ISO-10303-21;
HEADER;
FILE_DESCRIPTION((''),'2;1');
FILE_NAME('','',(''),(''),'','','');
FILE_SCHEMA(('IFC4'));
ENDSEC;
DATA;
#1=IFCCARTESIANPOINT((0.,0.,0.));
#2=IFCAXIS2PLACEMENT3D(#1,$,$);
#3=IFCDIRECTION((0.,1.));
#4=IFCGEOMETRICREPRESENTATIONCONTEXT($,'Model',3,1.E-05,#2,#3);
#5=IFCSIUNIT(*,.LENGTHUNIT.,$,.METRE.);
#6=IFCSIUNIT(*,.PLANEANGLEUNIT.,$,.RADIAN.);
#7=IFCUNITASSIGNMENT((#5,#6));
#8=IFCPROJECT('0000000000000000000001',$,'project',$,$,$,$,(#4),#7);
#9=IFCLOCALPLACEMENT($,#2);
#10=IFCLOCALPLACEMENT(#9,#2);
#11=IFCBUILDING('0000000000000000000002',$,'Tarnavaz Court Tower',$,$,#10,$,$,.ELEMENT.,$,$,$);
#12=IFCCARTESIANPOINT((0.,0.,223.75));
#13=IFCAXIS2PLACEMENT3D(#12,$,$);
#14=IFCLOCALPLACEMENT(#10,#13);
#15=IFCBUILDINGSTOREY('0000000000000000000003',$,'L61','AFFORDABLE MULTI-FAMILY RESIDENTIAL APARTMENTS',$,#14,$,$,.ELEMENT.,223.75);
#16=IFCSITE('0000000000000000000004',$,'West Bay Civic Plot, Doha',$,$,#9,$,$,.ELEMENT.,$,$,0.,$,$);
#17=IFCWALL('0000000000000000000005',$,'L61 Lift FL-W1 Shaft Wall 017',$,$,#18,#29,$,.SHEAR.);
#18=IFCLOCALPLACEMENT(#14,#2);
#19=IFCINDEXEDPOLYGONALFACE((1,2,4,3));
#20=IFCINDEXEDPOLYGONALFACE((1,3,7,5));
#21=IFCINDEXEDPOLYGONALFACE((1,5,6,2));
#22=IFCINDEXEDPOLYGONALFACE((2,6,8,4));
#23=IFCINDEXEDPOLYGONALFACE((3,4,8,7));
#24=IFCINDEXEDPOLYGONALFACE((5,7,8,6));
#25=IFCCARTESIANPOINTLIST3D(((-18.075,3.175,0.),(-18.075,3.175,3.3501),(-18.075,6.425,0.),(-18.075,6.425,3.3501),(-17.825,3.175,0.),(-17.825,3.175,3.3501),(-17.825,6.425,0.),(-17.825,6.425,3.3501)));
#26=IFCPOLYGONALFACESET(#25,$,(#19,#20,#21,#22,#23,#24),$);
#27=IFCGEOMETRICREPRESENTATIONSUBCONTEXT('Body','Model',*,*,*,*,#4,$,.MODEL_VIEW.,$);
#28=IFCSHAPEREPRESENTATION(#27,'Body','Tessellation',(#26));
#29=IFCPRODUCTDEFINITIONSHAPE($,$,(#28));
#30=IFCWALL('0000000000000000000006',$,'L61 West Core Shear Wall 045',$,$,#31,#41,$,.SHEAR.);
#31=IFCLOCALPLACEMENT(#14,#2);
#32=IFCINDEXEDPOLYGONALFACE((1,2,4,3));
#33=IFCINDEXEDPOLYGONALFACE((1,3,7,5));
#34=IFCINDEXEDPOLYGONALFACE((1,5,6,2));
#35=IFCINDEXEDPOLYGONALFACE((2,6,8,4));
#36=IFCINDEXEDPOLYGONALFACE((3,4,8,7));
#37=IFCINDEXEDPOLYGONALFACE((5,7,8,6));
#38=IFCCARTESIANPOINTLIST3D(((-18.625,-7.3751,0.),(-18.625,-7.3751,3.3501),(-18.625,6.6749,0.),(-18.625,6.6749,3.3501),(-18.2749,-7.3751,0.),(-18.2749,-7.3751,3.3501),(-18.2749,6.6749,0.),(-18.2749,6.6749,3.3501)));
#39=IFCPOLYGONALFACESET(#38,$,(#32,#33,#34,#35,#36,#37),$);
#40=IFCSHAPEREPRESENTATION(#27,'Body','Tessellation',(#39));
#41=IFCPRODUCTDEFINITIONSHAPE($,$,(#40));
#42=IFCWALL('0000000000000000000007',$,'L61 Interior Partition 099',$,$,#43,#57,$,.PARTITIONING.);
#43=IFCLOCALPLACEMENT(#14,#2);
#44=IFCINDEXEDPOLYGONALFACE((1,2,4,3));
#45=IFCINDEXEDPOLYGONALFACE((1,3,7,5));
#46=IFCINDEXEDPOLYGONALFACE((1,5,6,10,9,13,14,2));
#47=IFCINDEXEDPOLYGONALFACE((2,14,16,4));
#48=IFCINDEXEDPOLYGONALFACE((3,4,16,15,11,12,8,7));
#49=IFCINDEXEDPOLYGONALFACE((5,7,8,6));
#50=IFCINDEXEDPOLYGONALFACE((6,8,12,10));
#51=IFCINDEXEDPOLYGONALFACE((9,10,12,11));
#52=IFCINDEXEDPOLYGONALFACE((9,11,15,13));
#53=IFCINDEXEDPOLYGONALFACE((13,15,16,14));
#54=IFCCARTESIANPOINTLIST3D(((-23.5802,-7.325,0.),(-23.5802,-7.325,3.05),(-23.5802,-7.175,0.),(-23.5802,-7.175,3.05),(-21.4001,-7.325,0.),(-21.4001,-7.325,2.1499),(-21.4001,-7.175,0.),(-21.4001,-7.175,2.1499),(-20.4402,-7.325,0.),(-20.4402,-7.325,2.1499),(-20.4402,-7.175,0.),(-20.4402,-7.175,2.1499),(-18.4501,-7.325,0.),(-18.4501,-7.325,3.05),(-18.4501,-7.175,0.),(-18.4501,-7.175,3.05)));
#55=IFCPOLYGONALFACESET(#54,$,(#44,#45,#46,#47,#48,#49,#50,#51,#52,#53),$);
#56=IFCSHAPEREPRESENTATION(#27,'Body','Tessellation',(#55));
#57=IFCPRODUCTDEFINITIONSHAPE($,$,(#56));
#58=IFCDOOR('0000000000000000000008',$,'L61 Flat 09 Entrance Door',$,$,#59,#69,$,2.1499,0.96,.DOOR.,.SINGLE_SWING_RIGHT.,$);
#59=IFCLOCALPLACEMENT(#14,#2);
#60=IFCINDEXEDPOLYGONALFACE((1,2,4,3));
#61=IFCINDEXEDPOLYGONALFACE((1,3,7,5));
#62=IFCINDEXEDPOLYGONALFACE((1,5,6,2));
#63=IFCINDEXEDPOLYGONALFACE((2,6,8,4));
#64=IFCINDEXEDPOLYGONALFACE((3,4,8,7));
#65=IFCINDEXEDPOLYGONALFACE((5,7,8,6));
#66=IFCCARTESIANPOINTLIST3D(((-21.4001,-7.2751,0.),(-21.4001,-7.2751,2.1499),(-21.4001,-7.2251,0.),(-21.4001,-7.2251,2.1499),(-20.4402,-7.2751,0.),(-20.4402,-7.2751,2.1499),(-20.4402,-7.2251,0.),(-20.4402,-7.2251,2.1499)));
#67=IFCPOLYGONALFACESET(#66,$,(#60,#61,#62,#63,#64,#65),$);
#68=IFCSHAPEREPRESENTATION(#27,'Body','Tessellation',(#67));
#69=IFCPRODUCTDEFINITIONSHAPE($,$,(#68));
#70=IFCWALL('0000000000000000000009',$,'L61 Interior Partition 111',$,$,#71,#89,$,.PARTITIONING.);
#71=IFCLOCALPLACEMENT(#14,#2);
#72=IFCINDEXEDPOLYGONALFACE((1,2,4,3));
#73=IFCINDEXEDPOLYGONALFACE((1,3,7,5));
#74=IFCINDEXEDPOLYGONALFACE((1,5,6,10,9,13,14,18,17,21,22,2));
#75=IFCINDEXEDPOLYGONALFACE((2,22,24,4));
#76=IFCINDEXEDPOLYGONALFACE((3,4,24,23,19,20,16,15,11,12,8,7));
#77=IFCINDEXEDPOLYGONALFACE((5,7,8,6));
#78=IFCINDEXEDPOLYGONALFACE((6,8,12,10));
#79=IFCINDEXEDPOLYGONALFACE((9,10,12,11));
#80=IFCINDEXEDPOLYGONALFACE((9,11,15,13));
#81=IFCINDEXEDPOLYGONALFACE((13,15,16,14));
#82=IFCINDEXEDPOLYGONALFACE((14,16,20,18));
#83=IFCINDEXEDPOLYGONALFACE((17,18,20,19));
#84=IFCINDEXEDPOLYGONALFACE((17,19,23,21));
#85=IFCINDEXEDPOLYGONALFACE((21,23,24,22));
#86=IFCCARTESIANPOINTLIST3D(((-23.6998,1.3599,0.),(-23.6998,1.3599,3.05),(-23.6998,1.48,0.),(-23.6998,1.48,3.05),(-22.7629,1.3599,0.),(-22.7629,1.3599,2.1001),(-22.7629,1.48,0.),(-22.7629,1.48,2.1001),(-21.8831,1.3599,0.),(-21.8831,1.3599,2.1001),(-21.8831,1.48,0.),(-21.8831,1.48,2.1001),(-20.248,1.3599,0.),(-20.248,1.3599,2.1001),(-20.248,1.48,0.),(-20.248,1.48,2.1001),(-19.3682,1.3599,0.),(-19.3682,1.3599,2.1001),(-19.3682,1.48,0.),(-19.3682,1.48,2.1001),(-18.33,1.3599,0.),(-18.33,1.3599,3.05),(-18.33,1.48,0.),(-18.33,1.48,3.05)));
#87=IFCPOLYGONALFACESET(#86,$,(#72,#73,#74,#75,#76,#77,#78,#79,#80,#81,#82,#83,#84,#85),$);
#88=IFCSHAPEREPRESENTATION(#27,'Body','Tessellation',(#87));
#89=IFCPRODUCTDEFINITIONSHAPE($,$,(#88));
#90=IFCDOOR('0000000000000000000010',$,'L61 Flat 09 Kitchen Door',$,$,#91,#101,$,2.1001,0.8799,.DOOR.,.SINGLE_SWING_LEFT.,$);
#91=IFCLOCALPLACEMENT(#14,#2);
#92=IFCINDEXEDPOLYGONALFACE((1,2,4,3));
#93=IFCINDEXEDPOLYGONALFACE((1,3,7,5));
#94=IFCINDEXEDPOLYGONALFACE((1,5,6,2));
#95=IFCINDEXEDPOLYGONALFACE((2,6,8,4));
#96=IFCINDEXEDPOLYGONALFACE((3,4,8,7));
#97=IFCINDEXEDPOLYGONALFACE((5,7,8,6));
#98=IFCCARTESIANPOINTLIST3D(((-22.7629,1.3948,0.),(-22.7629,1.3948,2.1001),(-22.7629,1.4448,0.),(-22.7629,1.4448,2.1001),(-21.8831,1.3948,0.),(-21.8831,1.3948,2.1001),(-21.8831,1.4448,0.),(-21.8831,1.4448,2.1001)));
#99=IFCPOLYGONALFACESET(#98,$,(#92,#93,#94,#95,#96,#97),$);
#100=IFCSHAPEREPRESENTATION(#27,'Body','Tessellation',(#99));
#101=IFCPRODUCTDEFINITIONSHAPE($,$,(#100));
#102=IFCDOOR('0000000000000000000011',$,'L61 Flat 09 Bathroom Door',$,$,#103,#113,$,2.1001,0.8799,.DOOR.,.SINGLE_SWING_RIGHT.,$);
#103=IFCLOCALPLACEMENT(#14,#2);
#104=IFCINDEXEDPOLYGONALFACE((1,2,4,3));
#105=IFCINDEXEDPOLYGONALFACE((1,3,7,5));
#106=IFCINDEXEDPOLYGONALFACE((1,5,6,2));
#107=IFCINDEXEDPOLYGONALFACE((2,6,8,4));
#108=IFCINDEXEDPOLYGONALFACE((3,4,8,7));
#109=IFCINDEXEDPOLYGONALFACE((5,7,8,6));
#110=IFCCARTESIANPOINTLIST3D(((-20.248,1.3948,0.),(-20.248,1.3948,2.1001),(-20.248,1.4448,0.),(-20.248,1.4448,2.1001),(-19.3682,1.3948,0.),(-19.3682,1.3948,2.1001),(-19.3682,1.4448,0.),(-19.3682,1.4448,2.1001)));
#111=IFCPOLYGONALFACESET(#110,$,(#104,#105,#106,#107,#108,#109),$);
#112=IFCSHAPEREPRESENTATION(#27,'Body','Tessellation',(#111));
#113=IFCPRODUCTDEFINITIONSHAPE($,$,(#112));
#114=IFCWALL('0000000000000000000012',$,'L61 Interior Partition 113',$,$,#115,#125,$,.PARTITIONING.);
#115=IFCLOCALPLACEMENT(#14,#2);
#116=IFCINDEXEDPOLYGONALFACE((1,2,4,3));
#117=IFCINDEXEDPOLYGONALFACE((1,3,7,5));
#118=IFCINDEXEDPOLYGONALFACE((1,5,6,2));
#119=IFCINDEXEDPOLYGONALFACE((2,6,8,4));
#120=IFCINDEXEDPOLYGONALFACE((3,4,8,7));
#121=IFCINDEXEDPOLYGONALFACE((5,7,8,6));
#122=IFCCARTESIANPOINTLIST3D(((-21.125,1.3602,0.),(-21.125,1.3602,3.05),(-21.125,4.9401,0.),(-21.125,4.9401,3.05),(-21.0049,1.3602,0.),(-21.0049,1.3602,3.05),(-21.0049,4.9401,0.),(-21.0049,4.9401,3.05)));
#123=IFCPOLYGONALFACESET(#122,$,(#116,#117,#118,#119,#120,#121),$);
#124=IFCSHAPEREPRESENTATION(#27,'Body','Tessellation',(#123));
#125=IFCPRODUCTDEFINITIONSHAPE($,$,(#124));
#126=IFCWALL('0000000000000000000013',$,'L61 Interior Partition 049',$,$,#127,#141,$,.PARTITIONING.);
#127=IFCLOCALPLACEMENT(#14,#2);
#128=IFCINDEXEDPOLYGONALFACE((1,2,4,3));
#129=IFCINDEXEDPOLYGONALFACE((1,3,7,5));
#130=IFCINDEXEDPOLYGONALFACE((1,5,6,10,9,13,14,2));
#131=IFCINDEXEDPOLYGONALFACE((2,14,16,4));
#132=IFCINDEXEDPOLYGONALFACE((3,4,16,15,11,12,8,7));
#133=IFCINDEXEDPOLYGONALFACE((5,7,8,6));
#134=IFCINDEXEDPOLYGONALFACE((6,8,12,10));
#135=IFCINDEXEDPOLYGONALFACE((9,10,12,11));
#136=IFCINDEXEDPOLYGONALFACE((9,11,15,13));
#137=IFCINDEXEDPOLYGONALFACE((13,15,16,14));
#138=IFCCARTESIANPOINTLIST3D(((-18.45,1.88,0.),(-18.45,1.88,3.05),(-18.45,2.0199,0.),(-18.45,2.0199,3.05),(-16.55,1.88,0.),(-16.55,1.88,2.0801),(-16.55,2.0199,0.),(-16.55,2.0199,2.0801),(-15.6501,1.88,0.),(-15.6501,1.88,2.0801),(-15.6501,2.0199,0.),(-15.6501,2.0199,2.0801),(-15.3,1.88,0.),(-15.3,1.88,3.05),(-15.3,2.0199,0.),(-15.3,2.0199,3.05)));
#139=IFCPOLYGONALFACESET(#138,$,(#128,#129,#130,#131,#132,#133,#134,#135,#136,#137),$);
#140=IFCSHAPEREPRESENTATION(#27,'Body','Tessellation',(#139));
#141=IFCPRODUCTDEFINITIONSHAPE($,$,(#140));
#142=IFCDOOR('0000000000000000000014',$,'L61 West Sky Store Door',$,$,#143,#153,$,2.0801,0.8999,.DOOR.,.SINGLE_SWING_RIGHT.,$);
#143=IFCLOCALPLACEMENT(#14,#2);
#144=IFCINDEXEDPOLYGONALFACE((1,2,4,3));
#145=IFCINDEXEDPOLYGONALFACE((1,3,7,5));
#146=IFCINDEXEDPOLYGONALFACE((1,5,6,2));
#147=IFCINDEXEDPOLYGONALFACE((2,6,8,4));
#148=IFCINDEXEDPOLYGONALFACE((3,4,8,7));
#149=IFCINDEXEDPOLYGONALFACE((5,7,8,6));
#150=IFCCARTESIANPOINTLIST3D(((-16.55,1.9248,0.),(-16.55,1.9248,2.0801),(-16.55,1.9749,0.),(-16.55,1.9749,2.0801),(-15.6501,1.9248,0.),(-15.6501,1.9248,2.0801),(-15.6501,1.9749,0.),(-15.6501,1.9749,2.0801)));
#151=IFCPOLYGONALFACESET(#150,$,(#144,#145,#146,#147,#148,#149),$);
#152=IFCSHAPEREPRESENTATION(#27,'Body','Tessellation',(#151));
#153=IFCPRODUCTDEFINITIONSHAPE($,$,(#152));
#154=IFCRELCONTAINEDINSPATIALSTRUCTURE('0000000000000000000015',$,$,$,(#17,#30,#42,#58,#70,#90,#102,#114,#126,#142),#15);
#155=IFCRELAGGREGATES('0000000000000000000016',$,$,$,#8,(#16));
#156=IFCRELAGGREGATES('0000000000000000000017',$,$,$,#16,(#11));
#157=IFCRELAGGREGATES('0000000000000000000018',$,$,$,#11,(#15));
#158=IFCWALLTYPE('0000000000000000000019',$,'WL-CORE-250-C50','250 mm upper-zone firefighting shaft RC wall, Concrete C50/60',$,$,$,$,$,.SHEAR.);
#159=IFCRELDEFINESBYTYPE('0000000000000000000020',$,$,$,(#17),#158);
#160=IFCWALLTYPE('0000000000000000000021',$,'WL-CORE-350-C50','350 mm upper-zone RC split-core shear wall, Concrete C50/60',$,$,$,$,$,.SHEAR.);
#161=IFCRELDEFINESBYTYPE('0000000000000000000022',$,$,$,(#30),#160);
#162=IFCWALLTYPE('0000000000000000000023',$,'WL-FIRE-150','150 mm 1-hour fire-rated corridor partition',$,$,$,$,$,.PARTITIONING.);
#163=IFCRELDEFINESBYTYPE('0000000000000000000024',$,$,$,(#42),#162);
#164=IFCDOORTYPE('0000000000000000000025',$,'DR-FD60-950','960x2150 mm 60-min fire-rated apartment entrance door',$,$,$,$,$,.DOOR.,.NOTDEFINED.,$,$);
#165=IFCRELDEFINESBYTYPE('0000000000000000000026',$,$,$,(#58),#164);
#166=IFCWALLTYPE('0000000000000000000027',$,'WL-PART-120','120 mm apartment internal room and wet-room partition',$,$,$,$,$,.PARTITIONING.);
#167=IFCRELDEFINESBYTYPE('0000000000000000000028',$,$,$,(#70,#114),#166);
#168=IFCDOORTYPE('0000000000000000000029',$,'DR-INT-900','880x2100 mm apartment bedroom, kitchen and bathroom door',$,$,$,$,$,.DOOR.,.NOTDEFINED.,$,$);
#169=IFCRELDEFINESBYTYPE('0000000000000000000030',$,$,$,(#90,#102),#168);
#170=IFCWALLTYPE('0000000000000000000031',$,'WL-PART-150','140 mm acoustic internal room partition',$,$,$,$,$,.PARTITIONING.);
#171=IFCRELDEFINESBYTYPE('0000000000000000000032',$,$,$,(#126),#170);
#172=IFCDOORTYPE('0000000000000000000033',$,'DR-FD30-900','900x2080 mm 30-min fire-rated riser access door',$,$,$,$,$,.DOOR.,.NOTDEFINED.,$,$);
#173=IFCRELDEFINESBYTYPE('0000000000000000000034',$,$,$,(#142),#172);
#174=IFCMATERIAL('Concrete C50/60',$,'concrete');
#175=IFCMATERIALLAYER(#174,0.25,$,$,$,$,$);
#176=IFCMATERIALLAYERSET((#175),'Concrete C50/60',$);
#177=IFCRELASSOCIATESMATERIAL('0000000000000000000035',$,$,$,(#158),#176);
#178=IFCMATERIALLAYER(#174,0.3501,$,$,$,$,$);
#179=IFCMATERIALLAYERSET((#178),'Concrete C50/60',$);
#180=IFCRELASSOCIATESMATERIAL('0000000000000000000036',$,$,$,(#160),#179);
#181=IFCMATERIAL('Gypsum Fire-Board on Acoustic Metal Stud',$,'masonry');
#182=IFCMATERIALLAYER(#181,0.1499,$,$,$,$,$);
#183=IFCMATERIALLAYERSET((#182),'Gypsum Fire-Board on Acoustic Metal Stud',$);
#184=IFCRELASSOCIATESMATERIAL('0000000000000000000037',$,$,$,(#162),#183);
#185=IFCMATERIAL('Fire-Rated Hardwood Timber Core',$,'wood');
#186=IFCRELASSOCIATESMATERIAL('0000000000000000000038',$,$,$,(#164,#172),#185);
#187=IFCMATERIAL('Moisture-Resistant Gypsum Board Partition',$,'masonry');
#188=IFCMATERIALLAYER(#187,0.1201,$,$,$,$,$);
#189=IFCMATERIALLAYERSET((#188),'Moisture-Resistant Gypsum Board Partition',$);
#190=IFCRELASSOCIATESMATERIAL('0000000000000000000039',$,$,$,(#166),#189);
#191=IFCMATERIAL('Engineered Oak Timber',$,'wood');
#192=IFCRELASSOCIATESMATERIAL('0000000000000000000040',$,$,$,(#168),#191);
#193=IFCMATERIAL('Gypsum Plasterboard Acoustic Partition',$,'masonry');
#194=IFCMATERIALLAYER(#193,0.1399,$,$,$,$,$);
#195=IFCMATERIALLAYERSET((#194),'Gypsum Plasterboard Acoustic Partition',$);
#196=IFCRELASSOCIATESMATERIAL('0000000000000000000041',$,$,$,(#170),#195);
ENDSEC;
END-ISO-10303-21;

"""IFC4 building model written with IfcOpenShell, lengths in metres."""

from ifc_helpers import new_model, si_unit, direction, frame, frame_2d, origin, place, context, subcontext, project, spatial, rectangle, extrude, material, layer, layer_set, type_object, element, fill, save


model = new_model("IFC4")

# Units and contexts
model_context = context("Model", 3, precision=1e-05, world=origin(), true_north=direction((0.0, 1.0)))
body_context = subcontext(model_context, "Body", "Model", "MODEL_VIEW")
ifc_project = project(units=[si_unit("LENGTHUNIT", "METRE"), si_unit("PLANEANGLEUNIT", "RADIAN")], contexts=[model_context])

# Site, building, storey
site_placement = place(None, origin())
site = spatial("IfcSite", under=ifc_project, at=site_placement, Name="West Bay Civic Plot, Doha", CompositionType="ELEMENT", RefElevation=0.0)
building_placement = place(site_placement, origin())
building = spatial("IfcBuilding", under=site, at=building_placement, Name="Tarnavaz Court Tower", CompositionType="ELEMENT")
storey_placement = place(building_placement, frame((0.0, 0.0, 223.75)))
storey = spatial("IfcBuildingStorey", under=building, at=storey_placement, Name="L61", Description="AFFORDABLE MULTI-FAMILY RESIDENTIAL APARTMENTS", CompositionType="ELEMENT", Elevation=223.75)

# Shared definitions
ifc_material_1 = material(Name="Concrete C50/60", Category="concrete")

# Wall
ifc_layer_1 = layer(ifc_material_1, 0.25)
ifc_layer_set_1 = layer_set([ifc_layer_1], Name="Concrete C50/60")
wall_type_1 = type_object("IfcWallType", Name="WL-CORE-250-C50", Description="250 mm upper-zone firefighting shaft RC wall, Concrete C50/60", PredefinedType="SHEAR", material=ifc_layer_set_1)
wall_1_placement = place(storey_placement, frame((-17.95, 3.175, 0.0), z_axis=(0.0, 0.0, 1.0), x_axis=(0.0, 1.0, 0.0)))
element("IfcWall", 1, at=wall_1_placement, inside=storey, type_object=wall_type_1, Name="L61 Lift FL-W1 Shaft Wall 017", PredefinedType="SHEAR", context=body_context, shape_type="SweptSolid", body=[
    extrude(rectangle(XDim=3.25, YDim=0.25, at=frame_2d((1.625, 0.0))), origin(), (0.0, 0.0, 1.0), 3.3501),
])

# Wall
ifc_layer_2 = layer(ifc_material_1, 0.3501)
ifc_layer_set_2 = layer_set([ifc_layer_2], Name="Concrete C50/60")
wall_type_2 = type_object("IfcWallType", Name="WL-CORE-350-C50", Description="350 mm upper-zone RC split-core shear wall, Concrete C50/60", PredefinedType="SHEAR", material=ifc_layer_set_2)
wall_2_placement = place(storey_placement, frame((-18.45, -7.375, 0.0), z_axis=(0.0, 0.0, 1.0), x_axis=(0.0, 1.0, 0.0)))
element("IfcWall", 2, at=wall_2_placement, inside=storey, type_object=wall_type_2, Name="L61 West Core Shear Wall 045", PredefinedType="SHEAR", context=body_context, shape_type="SweptSolid", body=[
    extrude(rectangle(XDim=14.05, YDim=0.3501, at=frame_2d((7.0249, 0.0))), origin(), (0.0, 0.0, 1.0), 3.3501),
])

# Wall, opening, door
ifc_material_2 = material(Name="Fire-Rated Hardwood Timber Core", Category="wood")
ifc_material_3 = material(Name="Gypsum Fire-Board on Acoustic Metal Stud", Category="masonry")
ifc_layer_3 = layer(ifc_material_3, 0.1499)
ifc_layer_set_3 = layer_set([ifc_layer_3], Name="Gypsum Fire-Board on Acoustic Metal Stud")
wall_type_3 = type_object("IfcWallType", Name="WL-FIRE-150", Description="150 mm 1-hour fire-rated corridor partition", PredefinedType="PARTITIONING", material=ifc_layer_set_3)
wall_3_placement = place(storey_placement, frame((-23.5801, -7.25, 0.0), z_axis=(0.0, 0.0, 1.0), x_axis=(1.0, 0.0, 0.0)))
wall_3 = element("IfcWall", 3, at=wall_3_placement, inside=storey, type_object=wall_type_3, Name="L61 Interior Partition 099", PredefinedType="PARTITIONING", context=body_context, shape_type="SweptSolid", body=[
    extrude(rectangle(XDim=5.1301, YDim=0.1499, at=frame_2d((2.5649, 0.0))), origin(), (0.0, 0.0, 1.0), 3.05),
])
opening_1_placement = place(wall_3_placement, frame((2.1799, 0.0, 0.0)))
opening_1 = element("IfcOpeningElement", 4, at=opening_1_placement, cuts=wall_3, PredefinedType="OPENING", context=body_context, shape_type="SweptSolid", body=[
    extrude(rectangle(XDim=0.96, YDim=2.1499, at=frame_2d((0.48, 1.075))), frame((0.0, 0.085, 0.0), z_axis=(0.0, -1.0, 0.0), x_axis=(1.0, 0.0, 0.0)), (0.0, 0.0, 1.0), 0.1699),
])
door_type_1 = type_object("IfcDoorType", Name="DR-FD60-950", Description="960x2150 mm 60-min fire-rated apartment entrance door", OperationType="NOTDEFINED", PredefinedType="DOOR", material=ifc_material_2)
door_1_placement = place(opening_1_placement, origin())
door_1 = element("IfcDoor", 5, at=door_1_placement, inside=storey, type_object=door_type_1, Name="L61 Flat 09 Entrance Door", OperationType="SINGLE_SWING_RIGHT", OverallHeight=2.1499, OverallWidth=0.96, PredefinedType="DOOR", context=body_context, shape_type="SweptSolid", body=[
    extrude(rectangle(XDim=0.96, YDim=2.1499, at=frame_2d((0.48, 1.075))), frame((0.0, 0.0249, 0.0), z_axis=(0.0, -1.0, 0.0), x_axis=(1.0, 0.0, 0.0)), (0.0, 0.0, 1.0), 0.05),
])
fill(opening_1, door_1)

# Wall, openings, doors
ifc_material_4 = material(Name="Moisture-Resistant Gypsum Board Partition", Category="masonry")
ifc_layer_4 = layer(ifc_material_4, 0.1201)
ifc_layer_set_4 = layer_set([ifc_layer_4], Name="Moisture-Resistant Gypsum Board Partition")
wall_type_4 = type_object("IfcWallType", Name="WL-PART-120", Description="120 mm apartment internal room and wet-room partition", PredefinedType="PARTITIONING", material=ifc_layer_set_4)
wall_4_placement = place(storey_placement, frame((-23.7, 1.4199, 0.0), z_axis=(0.0, 0.0, 1.0), x_axis=(1.0, 0.0, 0.0)))
wall_4 = element("IfcWall", 6, at=wall_4_placement, inside=storey, type_object=wall_type_4, Name="L61 Interior Partition 111", PredefinedType="PARTITIONING", context=body_context, shape_type="SweptSolid", body=[
    extrude(rectangle(XDim=5.3699, YDim=0.1201, at=frame_2d((2.6851, 0.0))), origin(), (0.0, 0.0, 1.0), 3.05),
])
opening_2_placement = place(wall_4_placement, frame((0.937, 0.0, 0.0)))
opening_2 = element("IfcOpeningElement", 7, at=opening_2_placement, cuts=wall_4, PredefinedType="OPENING", context=body_context, shape_type="SweptSolid", body=[
    extrude(rectangle(XDim=0.8799, YDim=2.1001, at=frame_2d((0.4399, 1.05))), frame((0.0, 0.0701, 0.0), z_axis=(0.0, -1.0, 0.0), x_axis=(1.0, 0.0, 0.0)), (0.0, 0.0, 1.0), 0.1401),
])
opening_3_placement = place(wall_4_placement, frame((3.4519, 0.0, 0.0)))
opening_3 = element("IfcOpeningElement", 8, at=opening_3_placement, cuts=wall_4, PredefinedType="OPENING", context=body_context, shape_type="SweptSolid", body=[
    extrude(rectangle(XDim=0.8799, YDim=2.1001, at=frame_2d((0.4399, 1.05))), frame((0.0, 0.0701, 0.0), z_axis=(0.0, -1.0, 0.0), x_axis=(1.0, 0.0, 0.0)), (0.0, 0.0, 1.0), 0.1401),
])
ifc_material_5 = material(Name="Engineered Oak Timber", Category="wood")
door_type_2 = type_object("IfcDoorType", Name="DR-INT-900", Description="880x2100 mm apartment bedroom, kitchen and bathroom door", OperationType="NOTDEFINED", PredefinedType="DOOR", material=ifc_material_5)
door_2_placement = place(opening_2_placement, origin())
door_2 = element("IfcDoor", 9, at=door_2_placement, inside=storey, type_object=door_type_2, Name="L61 Flat 09 Kitchen Door", OperationType="SINGLE_SWING_LEFT", OverallHeight=2.1001, OverallWidth=0.8799, PredefinedType="DOOR", context=body_context, shape_type="SweptSolid", body=[
    extrude(rectangle(XDim=0.8799, YDim=2.1001, at=frame_2d((0.4399, 1.05))), frame((0.0, 0.0249, 0.0), z_axis=(0.0, -1.0, 0.0), x_axis=(1.0, 0.0, 0.0)), (0.0, 0.0, 1.0), 0.05),
])
fill(opening_2, door_2)
door_3_placement = place(opening_3_placement, origin())
door_3 = element("IfcDoor", 10, at=door_3_placement, inside=storey, type_object=door_type_2, Name="L61 Flat 09 Bathroom Door", OperationType="SINGLE_SWING_RIGHT", OverallHeight=2.1001, OverallWidth=0.8799, PredefinedType="DOOR", context=body_context, shape_type="SweptSolid", body=[
    extrude(rectangle(XDim=0.8799, YDim=2.1001, at=frame_2d((0.4399, 1.05))), frame((0.0, 0.0249, 0.0), z_axis=(0.0, -1.0, 0.0), x_axis=(1.0, 0.0, 0.0)), (0.0, 0.0, 1.0), 0.05),
])
fill(opening_3, door_3)

# Wall
wall_5_placement = place(storey_placement, frame((-21.0649, 1.3601, 0.0), z_axis=(0.0, 0.0, 1.0), x_axis=(0.0, 1.0, 0.0)))
element("IfcWall", 11, at=wall_5_placement, inside=storey, type_object=wall_type_4, Name="L61 Interior Partition 113", PredefinedType="PARTITIONING", context=body_context, shape_type="SweptSolid", body=[
    extrude(rectangle(XDim=3.5798, YDim=0.1201, at=frame_2d((1.79, 0.0))), origin(), (0.0, 0.0, 1.0), 3.05),
])

# Wall, opening, door
ifc_material_6 = material(Name="Gypsum Plasterboard Acoustic Partition", Category="masonry")
ifc_layer_5 = layer(ifc_material_6, 0.1399)
ifc_layer_set_5 = layer_set([ifc_layer_5], Name="Gypsum Plasterboard Acoustic Partition")
wall_type_5 = type_object("IfcWallType", Name="WL-PART-150", Description="140 mm acoustic internal room partition", PredefinedType="PARTITIONING", material=ifc_layer_set_5)
wall_6_placement = place(storey_placement, frame((-18.45, 1.95, 0.0), z_axis=(0.0, 0.0, 1.0), x_axis=(1.0, 0.0, 0.0)))
wall_6 = element("IfcWall", 12, at=wall_6_placement, inside=storey, type_object=wall_type_5, Name="L61 Interior Partition 049", PredefinedType="PARTITIONING", context=body_context, shape_type="SweptSolid", body=[
    extrude(rectangle(XDim=3.1499, YDim=0.1399, at=frame_2d((1.575, 0.0))), origin(), (0.0, 0.0, 1.0), 3.05),
])
opening_4_placement = place(wall_6_placement, frame((1.8999, 0.0, 0.0)))
opening_4 = element("IfcOpeningElement", 13, at=opening_4_placement, cuts=wall_6, PredefinedType="OPENING", context=body_context, shape_type="SweptSolid", body=[
    extrude(rectangle(XDim=0.8999, YDim=2.0801, at=frame_2d((0.45, 1.04))), frame((0.0, 0.0798, 0.0), z_axis=(0.0, -1.0, 0.0), x_axis=(1.0, 0.0, 0.0)), (0.0, 0.0, 1.0), 0.1599),
])
door_type_3 = type_object("IfcDoorType", Name="DR-FD30-900", Description="900x2080 mm 30-min fire-rated riser access door", OperationType="NOTDEFINED", PredefinedType="DOOR", material=ifc_material_2)
door_4_placement = place(opening_4_placement, origin())
door_4 = element("IfcDoor", 14, at=door_4_placement, inside=storey, type_object=door_type_3, Name="L61 West Sky Store Door", OperationType="SINGLE_SWING_RIGHT", OverallHeight=2.0801, OverallWidth=0.8999, PredefinedType="DOOR", context=body_context, shape_type="SweptSolid", body=[
    extrude(rectangle(XDim=0.8999, YDim=2.0801, at=frame_2d((0.45, 1.04))), frame((0.0, 0.0249, 0.0), z_axis=(0.0, -1.0, 0.0), x_axis=(1.0, 0.0, 0.0)), (0.0, 0.0, 1.0), 0.05),
])
fill(opening_4, door_4)

save(model, "model.ifc")
